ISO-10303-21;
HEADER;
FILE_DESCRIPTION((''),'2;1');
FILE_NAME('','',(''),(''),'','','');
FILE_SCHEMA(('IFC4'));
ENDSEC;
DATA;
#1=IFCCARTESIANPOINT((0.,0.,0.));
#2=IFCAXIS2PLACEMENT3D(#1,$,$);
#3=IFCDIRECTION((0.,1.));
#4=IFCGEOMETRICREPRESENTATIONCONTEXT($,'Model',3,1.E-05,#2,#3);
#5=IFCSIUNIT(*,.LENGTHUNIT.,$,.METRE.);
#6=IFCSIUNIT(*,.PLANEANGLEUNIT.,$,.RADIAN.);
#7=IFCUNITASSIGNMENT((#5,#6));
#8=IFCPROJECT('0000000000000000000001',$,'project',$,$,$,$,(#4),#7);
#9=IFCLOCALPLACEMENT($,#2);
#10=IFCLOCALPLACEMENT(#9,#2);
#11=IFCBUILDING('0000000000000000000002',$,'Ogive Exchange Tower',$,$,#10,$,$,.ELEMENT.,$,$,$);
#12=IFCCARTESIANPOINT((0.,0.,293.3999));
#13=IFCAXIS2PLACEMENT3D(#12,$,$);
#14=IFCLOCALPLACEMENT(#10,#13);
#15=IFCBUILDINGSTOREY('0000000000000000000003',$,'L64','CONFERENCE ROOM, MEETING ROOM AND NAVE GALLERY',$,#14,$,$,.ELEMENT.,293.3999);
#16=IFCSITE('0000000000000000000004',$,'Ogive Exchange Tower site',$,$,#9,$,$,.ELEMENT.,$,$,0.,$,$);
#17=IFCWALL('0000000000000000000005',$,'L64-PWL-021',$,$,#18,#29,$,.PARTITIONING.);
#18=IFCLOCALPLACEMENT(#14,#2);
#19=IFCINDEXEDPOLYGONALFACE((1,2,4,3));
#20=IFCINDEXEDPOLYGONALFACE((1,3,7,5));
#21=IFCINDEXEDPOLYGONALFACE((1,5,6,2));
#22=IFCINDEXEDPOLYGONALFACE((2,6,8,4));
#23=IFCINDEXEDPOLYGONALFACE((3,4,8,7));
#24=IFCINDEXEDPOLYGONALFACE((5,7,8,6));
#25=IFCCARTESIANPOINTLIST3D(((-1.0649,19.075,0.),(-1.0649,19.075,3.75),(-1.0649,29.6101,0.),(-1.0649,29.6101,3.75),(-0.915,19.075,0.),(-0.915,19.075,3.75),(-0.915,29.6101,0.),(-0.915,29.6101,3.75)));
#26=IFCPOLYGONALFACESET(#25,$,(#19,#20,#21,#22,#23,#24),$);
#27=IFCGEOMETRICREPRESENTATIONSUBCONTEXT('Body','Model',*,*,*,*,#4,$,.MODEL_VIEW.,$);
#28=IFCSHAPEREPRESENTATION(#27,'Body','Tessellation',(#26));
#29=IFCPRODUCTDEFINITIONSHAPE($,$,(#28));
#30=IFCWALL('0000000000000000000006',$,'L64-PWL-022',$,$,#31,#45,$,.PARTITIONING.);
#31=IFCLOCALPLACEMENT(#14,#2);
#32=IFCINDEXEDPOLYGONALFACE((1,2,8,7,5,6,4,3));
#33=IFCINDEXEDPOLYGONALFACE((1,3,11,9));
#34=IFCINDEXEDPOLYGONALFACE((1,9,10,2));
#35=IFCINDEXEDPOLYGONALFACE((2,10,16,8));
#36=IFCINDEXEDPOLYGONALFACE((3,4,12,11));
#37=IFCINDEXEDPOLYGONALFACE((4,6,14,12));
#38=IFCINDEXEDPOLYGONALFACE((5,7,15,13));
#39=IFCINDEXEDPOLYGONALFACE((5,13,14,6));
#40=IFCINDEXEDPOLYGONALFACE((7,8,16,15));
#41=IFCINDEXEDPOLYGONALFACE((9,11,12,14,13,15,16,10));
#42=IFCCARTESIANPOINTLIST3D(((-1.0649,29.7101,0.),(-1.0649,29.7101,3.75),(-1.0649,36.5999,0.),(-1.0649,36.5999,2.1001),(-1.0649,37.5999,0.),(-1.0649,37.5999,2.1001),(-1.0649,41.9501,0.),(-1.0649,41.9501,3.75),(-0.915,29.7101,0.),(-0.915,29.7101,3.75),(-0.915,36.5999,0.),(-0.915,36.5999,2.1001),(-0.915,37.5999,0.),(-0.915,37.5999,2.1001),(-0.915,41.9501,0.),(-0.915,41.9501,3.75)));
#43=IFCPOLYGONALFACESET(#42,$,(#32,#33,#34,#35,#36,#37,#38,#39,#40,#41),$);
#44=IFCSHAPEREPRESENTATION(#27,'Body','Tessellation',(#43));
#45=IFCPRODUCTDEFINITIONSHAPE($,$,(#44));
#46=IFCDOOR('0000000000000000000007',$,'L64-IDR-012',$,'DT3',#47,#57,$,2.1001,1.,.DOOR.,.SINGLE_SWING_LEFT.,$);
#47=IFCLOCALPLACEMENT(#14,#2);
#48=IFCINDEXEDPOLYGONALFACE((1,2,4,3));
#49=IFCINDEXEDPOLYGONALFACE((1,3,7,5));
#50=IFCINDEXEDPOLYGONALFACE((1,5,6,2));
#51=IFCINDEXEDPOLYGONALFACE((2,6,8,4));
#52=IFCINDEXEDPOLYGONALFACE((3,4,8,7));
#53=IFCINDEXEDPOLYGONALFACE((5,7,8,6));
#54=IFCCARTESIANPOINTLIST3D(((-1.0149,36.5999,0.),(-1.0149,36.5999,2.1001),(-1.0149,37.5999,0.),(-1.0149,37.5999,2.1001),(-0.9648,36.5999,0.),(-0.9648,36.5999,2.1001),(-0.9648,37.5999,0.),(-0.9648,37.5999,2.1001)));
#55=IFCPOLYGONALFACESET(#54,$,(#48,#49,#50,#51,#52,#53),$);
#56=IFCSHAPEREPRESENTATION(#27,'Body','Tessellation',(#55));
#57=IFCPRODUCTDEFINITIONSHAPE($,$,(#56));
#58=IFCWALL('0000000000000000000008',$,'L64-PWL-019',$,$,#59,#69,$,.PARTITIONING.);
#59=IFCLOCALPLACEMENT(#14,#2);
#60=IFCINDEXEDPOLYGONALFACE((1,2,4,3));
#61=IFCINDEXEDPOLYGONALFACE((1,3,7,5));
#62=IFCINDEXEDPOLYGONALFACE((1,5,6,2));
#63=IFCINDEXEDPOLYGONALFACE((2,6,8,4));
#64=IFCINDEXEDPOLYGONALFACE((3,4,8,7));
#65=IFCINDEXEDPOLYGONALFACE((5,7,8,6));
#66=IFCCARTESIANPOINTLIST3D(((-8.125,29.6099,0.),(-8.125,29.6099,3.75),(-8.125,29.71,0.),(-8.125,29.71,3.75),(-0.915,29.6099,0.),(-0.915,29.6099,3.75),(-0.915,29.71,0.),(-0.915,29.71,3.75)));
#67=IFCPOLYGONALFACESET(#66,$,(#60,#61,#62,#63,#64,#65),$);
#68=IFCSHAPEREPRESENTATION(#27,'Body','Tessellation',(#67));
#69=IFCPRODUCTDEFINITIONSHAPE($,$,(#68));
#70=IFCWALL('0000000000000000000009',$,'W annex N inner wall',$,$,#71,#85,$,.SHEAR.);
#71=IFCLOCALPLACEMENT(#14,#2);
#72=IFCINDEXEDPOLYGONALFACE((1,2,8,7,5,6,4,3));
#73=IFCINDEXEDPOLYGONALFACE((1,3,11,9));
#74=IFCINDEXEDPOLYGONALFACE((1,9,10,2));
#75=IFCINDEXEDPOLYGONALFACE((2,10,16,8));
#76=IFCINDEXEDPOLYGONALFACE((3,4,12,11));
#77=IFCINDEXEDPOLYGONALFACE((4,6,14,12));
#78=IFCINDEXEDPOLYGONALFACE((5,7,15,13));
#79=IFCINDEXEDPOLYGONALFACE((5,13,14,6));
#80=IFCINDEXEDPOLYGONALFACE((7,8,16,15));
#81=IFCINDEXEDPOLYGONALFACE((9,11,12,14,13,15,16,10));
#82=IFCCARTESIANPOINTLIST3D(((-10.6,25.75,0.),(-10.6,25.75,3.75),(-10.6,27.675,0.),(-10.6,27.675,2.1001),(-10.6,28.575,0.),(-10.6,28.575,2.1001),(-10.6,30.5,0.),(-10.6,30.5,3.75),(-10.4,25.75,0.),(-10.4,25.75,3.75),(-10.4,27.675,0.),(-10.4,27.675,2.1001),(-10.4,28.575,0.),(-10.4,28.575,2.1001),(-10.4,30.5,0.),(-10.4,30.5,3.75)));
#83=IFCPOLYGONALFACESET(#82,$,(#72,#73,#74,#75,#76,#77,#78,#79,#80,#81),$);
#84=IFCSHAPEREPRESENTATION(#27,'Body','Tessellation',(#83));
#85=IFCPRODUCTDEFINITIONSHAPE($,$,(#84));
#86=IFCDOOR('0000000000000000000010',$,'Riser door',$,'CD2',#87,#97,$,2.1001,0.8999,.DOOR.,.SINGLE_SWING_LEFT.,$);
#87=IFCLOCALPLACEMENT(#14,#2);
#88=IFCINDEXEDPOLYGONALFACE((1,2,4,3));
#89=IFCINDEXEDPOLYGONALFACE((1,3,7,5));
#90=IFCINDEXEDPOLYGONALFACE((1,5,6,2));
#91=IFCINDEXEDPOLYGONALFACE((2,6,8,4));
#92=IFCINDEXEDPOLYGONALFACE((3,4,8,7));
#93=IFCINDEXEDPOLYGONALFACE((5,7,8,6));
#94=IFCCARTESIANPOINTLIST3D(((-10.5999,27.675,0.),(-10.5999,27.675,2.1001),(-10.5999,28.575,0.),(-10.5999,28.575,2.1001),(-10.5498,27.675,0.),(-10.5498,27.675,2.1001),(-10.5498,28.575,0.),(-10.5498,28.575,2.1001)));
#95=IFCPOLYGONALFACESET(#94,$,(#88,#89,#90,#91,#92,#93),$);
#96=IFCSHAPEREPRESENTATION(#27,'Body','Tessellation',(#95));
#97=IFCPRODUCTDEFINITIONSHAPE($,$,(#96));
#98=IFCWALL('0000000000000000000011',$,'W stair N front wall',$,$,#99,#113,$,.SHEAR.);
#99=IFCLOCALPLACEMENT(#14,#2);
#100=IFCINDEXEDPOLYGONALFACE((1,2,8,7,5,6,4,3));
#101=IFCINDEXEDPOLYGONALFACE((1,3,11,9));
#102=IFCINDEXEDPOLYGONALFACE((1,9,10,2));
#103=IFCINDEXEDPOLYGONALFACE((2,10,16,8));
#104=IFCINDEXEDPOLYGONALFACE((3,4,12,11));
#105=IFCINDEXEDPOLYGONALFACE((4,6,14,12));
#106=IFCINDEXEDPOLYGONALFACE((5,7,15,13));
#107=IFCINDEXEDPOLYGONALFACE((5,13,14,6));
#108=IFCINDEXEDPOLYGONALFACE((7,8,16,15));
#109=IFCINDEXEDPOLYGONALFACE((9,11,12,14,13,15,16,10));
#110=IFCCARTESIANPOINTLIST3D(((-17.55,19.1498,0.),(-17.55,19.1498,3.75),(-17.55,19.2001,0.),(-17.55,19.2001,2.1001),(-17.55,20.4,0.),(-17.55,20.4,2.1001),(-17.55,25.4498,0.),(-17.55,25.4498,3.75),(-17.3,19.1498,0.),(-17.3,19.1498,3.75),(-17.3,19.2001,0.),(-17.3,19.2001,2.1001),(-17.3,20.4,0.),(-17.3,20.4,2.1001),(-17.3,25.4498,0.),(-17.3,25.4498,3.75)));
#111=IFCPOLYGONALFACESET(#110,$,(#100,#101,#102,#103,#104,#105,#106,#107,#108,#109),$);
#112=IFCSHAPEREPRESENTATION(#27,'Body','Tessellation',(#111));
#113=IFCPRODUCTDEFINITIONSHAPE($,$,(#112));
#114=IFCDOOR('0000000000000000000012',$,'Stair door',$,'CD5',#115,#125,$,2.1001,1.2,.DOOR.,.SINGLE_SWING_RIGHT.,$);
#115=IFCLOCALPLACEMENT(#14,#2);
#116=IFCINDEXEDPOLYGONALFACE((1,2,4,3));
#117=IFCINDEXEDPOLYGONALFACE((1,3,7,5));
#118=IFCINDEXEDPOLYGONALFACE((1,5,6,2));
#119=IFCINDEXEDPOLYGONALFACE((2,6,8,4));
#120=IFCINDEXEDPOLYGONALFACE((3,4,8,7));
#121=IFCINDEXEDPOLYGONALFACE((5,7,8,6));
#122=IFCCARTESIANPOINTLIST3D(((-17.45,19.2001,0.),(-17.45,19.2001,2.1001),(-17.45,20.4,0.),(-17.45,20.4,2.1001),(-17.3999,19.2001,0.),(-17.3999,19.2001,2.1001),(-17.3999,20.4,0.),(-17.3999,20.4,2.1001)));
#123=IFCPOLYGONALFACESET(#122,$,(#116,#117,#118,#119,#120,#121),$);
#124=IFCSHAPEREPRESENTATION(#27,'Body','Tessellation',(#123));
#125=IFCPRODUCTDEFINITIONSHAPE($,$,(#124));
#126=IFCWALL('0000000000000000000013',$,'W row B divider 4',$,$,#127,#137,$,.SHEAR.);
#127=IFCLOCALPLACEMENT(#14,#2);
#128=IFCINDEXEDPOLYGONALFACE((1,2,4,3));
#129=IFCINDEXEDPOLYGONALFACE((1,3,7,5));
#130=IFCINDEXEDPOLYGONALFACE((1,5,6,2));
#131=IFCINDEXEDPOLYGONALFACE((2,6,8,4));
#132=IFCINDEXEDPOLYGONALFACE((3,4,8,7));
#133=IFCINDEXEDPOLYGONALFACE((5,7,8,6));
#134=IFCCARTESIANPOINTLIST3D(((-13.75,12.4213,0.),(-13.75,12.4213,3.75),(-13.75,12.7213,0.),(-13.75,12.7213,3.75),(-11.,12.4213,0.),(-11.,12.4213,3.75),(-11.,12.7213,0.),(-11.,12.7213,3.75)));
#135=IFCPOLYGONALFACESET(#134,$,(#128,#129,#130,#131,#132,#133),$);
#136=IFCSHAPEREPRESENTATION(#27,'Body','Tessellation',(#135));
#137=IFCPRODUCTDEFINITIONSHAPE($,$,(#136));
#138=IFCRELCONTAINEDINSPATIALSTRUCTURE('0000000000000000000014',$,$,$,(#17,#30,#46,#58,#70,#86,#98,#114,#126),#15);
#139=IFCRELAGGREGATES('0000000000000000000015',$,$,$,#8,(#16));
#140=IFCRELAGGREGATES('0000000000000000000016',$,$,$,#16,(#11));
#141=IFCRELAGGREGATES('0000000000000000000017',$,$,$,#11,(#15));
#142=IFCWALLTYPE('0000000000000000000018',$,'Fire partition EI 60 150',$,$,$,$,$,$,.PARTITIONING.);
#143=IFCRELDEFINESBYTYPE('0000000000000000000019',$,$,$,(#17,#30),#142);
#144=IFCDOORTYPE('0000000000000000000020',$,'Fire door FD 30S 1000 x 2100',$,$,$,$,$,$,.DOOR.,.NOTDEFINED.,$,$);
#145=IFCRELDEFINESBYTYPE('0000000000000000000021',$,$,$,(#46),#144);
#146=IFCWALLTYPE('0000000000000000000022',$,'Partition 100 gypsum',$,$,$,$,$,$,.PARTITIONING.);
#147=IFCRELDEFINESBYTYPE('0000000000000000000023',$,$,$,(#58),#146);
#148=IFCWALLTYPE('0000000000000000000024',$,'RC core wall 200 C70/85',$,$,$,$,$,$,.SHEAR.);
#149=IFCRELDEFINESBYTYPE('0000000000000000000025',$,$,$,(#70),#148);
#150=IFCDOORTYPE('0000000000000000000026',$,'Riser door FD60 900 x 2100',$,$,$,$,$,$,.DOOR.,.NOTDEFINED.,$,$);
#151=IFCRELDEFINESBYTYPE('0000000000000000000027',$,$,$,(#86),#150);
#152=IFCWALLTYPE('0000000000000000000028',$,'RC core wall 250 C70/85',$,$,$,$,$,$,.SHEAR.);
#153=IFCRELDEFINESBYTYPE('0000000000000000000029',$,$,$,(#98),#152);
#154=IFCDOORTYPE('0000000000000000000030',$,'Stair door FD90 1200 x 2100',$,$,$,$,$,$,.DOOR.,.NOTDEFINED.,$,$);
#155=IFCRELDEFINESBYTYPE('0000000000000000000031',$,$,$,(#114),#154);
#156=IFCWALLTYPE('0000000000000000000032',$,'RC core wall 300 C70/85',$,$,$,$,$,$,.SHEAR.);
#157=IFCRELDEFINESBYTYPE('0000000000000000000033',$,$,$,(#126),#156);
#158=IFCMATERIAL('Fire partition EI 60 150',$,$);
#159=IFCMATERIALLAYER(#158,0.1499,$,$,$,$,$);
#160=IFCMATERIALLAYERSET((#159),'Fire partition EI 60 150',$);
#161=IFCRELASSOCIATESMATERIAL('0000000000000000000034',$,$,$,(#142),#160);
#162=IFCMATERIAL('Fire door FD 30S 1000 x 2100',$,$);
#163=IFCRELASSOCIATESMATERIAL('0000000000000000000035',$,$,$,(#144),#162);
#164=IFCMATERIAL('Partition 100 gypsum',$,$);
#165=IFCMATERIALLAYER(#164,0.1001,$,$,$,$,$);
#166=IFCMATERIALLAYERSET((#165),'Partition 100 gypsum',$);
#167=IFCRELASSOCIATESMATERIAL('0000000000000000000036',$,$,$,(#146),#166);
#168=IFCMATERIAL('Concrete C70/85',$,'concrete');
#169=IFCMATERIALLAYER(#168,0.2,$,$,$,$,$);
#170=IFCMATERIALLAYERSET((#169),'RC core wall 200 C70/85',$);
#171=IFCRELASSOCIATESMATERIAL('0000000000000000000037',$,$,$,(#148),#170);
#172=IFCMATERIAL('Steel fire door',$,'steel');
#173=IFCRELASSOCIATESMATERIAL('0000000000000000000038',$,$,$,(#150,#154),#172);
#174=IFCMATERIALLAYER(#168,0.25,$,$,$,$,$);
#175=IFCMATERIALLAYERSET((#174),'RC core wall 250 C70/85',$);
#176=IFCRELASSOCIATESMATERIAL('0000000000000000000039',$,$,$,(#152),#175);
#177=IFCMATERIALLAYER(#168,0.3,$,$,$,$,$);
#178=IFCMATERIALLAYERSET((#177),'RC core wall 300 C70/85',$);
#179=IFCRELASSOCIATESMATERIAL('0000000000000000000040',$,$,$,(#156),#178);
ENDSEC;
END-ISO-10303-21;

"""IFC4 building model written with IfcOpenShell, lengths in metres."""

from ifc_helpers import new_model, si_unit, direction, frame, frame_2d, origin, place, context, subcontext, project, spatial, rectangle, extrude, material, layer, layer_set, type_object, element, fill, save


model = new_model("IFC4")

# Units and contexts
model_context = context("Model", 3, precision=1e-05, world=origin(), true_north=direction((0.0, 1.0)))
body_context = subcontext(model_context, "Body", "Model", "MODEL_VIEW")
ifc_project = project(units=[si_unit("LENGTHUNIT", "METRE"), si_unit("PLANEANGLEUNIT", "RADIAN")], contexts=[model_context])

# Site, building, storey
site_placement = place(None, origin())
site = spatial("IfcSite", under=ifc_project, at=site_placement, Name="Ogive Exchange Tower site", CompositionType="ELEMENT", RefElevation=0.0)
building_placement = place(site_placement, origin())
building = spatial("IfcBuilding", under=site, at=building_placement, Name="Ogive Exchange Tower", CompositionType="ELEMENT")
storey_placement = place(building_placement, frame((0.0, 0.0, 293.3999)))
storey = spatial("IfcBuildingStorey", under=building, at=storey_placement, Name="L64", Description="CONFERENCE ROOM, MEETING ROOM AND NAVE GALLERY", CompositionType="ELEMENT", Elevation=293.3999)

# Shared definitions
ifc_material_1 = material(Name="Fire partition EI 60 150")
ifc_layer_1 = layer(ifc_material_1, 0.1499)
ifc_layer_set_1 = layer_set([ifc_layer_1], Name="Fire partition EI 60 150")
wall_type_1 = type_object("IfcWallType", Name="Fire partition EI 60 150", PredefinedType="PARTITIONING", material=ifc_layer_set_1)

# Shared definitions
ifc_material_2 = material(Name="Fire door FD 30S 1000 x 2100")
door_type_1 = type_object("IfcDoorType", Name="Fire door FD 30S 1000 x 2100", OperationType="NOTDEFINED", PredefinedType="DOOR", material=ifc_material_2)

# Wall
wall_1_placement = place(storey_placement, frame((-0.99, 19.075, 0.0), z_axis=(0.0, 0.0, 1.0), x_axis=(0.0, 1.0, 0.0)))
element("IfcWall", 1, at=wall_1_placement, inside=storey, type_object=wall_type_1, Name="L64-PWL-021", PredefinedType="PARTITIONING", context=body_context, shape_type="SweptSolid", body=[
    extrude(rectangle(XDim=10.5352, YDim=0.1499, at=frame_2d((5.2676, 0.0))), origin(), (0.0, 0.0, 1.0), 3.75),
])

# Wall, opening, door
wall_2_placement = place(storey_placement, frame((-0.99, 29.71, 0.0), z_axis=(0.0, 0.0, 1.0), x_axis=(0.0, 1.0, 0.0)))
wall_2 = element("IfcWall", 2, at=wall_2_placement, inside=storey, type_object=wall_type_1, Name="L64-PWL-022", PredefinedType="PARTITIONING", context=body_context, shape_type="SweptSolid", body=[
    extrude(rectangle(XDim=12.24, YDim=0.1499, at=frame_2d((6.1201, 0.0))), origin(), (0.0, 0.0, 1.0), 3.75),
])
opening_1_placement = place(wall_2_placement, frame((6.8899, 0.0, 0.0)))
opening_1 = element("IfcOpeningElement", 3, at=opening_1_placement, cuts=wall_2, PredefinedType="OPENING", context=body_context, shape_type="SweptSolid", body=[
    extrude(rectangle(XDim=1.0, YDim=2.1001, at=frame_2d((0.5, 1.05))), frame((0.0, 0.085, 0.0), z_axis=(0.0, -1.0, 0.0), x_axis=(1.0, 0.0, 0.0)), (0.0, 0.0, 1.0), 0.1699),
])
door_1_placement = place(opening_1_placement, origin())
door_1 = element("IfcDoor", 4, at=door_1_placement, inside=storey, type_object=door_type_1, Name="L64-IDR-012", ObjectType="DT3", OperationType="SINGLE_SWING_LEFT", OverallHeight=2.1001, OverallWidth=1.0, PredefinedType="DOOR", context=body_context, shape_type="SweptSolid", body=[
    extrude(rectangle(XDim=1.0, YDim=2.1001, at=frame_2d((0.5, 1.05))), frame((0.0, 0.0249, 0.0), z_axis=(0.0, -1.0, 0.0), x_axis=(1.0, 0.0, 0.0)), (0.0, 0.0, 1.0), 0.05),
])
fill(opening_1, door_1)

# Wall
ifc_material_3 = material(Name="Partition 100 gypsum")
ifc_layer_2 = layer(ifc_material_3, 0.1001)
ifc_layer_set_2 = layer_set([ifc_layer_2], Name="Partition 100 gypsum")
wall_type_2 = type_object("IfcWallType", Name="Partition 100 gypsum", PredefinedType="PARTITIONING", material=ifc_layer_set_2)
wall_3_placement = place(storey_placement, frame((-8.125, 29.6599, 0.0), z_axis=(0.0, 0.0, 1.0), x_axis=(1.0, 0.0, 0.0)))
element("IfcWall", 5, at=wall_3_placement, inside=storey, type_object=wall_type_2, Name="L64-PWL-019", PredefinedType="PARTITIONING", context=body_context, shape_type="SweptSolid", body=[
    extrude(rectangle(XDim=7.21, YDim=0.1001, at=frame_2d((3.605, 0.0))), origin(), (0.0, 0.0, 1.0), 3.75),
])

# Walls, openings, doors
ifc_material_4 = material(Name="Concrete C70/85", Category="concrete")
ifc_layer_3 = layer(ifc_material_4, 0.2)
ifc_layer_set_3 = layer_set([ifc_layer_3], Name="RC core wall 200 C70/85")
wall_type_3 = type_object("IfcWallType", Name="RC core wall 200 C70/85", PredefinedType="SHEAR", material=ifc_layer_set_3)
wall_4_placement = place(storey_placement, frame((-10.5, 25.75, 0.0), z_axis=(0.0, 0.0, 1.0), x_axis=(0.0, 1.0, 0.0)))
wall_4 = element("IfcWall", 6, at=wall_4_placement, inside=storey, type_object=wall_type_3, Name="W annex N inner wall", PredefinedType="SHEAR", context=body_context, shape_type="SweptSolid", body=[
    extrude(rectangle(XDim=4.75, YDim=0.2, at=frame_2d((2.375, 0.0))), origin(), (0.0, 0.0, 1.0), 3.75),
])
opening_2_placement = place(wall_4_placement, frame((1.925, 0.0, 0.0)))
opening_2 = element("IfcOpeningElement", 7, at=opening_2_placement, cuts=wall_4, PredefinedType="OPENING", context=body_context, shape_type="SweptSolid", body=[
    extrude(rectangle(XDim=0.8999, YDim=2.1001, at=frame_2d((0.45, 1.05))), frame((0.0, 0.1099, 0.0), z_axis=(0.0, -1.0, 0.0), x_axis=(1.0, 0.0, 0.0)), (0.0, 0.0, 1.0), 0.22),
])
ifc_material_5 = material(Name="Steel fire door", Category="steel")
door_type_2 = type_object("IfcDoorType", Name="Riser door FD60 900 x 2100", OperationType="NOTDEFINED", PredefinedType="DOOR", material=ifc_material_5)
door_2_placement = place(opening_2_placement, frame((0.8999, 0.1499, 0.0), z_axis=(0.0, 0.0, 1.0), x_axis=(-1.0, 0.0, 0.0)))
door_2 = element("IfcDoor", 8, at=door_2_placement, inside=storey, type_object=door_type_2, Name="Riser door", ObjectType="CD2", OperationType="SINGLE_SWING_LEFT", OverallHeight=2.1001, OverallWidth=0.8999, PredefinedType="DOOR", context=body_context, shape_type="SweptSolid", body=[
    extrude(rectangle(XDim=0.8999, YDim=2.1001, at=frame_2d((0.45, 1.05))), frame((0.0, 0.1001, 0.0), z_axis=(0.0, -1.0, 0.0), x_axis=(1.0, 0.0, 0.0)), (0.0, 0.0, 1.0), 0.05),
])
fill(opening_2, door_2)
ifc_layer_4 = layer(ifc_material_4, 0.25)
ifc_layer_set_4 = layer_set([ifc_layer_4], Name="RC core wall 250 C70/85")
wall_type_4 = type_object("IfcWallType", Name="RC core wall 250 C70/85", PredefinedType="SHEAR", material=ifc_layer_set_4)
wall_5_placement = place(storey_placement, frame((-17.425, 19.1499, 0.0), z_axis=(0.0, 0.0, 1.0), x_axis=(0.0, 1.0, 0.0)))
wall_5 = element("IfcWall", 9, at=wall_5_placement, inside=storey, type_object=wall_type_4, Name="W stair N front wall", PredefinedType="SHEAR", context=body_context, shape_type="SweptSolid", body=[
    extrude(rectangle(XDim=6.3, YDim=0.25, at=frame_2d((3.1499, 0.0))), origin(), (0.0, 0.0, 1.0), 3.75),
])
opening_3_placement = place(wall_5_placement, frame((0.05, 0.0, 0.0)))
opening_3 = element("IfcOpeningElement", 10, at=opening_3_placement, cuts=wall_5, PredefinedType="OPENING", context=body_context, shape_type="SweptSolid", body=[
    extrude(rectangle(XDim=1.2, YDim=2.1001, at=frame_2d((0.6001, 1.05))), frame((0.0, 0.135, 0.0), z_axis=(0.0, -1.0, 0.0), x_axis=(1.0, 0.0, 0.0)), (0.0, 0.0, 1.0), 0.27),
])
door_type_3 = type_object("IfcDoorType", Name="Stair door FD90 1200 x 2100", OperationType="NOTDEFINED", PredefinedType="DOOR", material=ifc_material_5)
door_3_placement = place(opening_3_placement, origin())
door_3 = element("IfcDoor", 11, at=door_3_placement, inside=storey, type_object=door_type_3, Name="Stair door", ObjectType="CD5", OperationType="SINGLE_SWING_RIGHT", OverallHeight=2.1001, OverallWidth=1.2, PredefinedType="DOOR", context=body_context, shape_type="SweptSolid", body=[
    extrude(rectangle(XDim=1.2, YDim=2.1001, at=frame_2d((0.6001, 1.05))), frame((0.0, 0.0249, 0.0), z_axis=(0.0, -1.0, 0.0), x_axis=(1.0, 0.0, 0.0)), (0.0, 0.0, 1.0), 0.05),
])
fill(opening_3, door_3)

# Wall
ifc_layer_5 = layer(ifc_material_4, 0.3)
ifc_layer_set_5 = layer_set([ifc_layer_5], Name="RC core wall 300 C70/85")
wall_type_5 = type_object("IfcWallType", Name="RC core wall 300 C70/85", PredefinedType="SHEAR", material=ifc_layer_set_5)
wall_6_placement = place(storey_placement, frame((-13.75, 12.5713, 0.0), z_axis=(0.0, 0.0, 1.0), x_axis=(1.0, 0.0, 0.0)))
element("IfcWall", 12, at=wall_6_placement, inside=storey, type_object=wall_type_5, Name="W row B divider 4", PredefinedType="SHEAR", context=body_context, shape_type="SweptSolid", body=[
    extrude(rectangle(XDim=2.75, YDim=0.3, at=frame_2d((1.375, 0.0))), origin(), (0.0, 0.0, 1.0), 3.75),
])

save(model, "model.ifc")
